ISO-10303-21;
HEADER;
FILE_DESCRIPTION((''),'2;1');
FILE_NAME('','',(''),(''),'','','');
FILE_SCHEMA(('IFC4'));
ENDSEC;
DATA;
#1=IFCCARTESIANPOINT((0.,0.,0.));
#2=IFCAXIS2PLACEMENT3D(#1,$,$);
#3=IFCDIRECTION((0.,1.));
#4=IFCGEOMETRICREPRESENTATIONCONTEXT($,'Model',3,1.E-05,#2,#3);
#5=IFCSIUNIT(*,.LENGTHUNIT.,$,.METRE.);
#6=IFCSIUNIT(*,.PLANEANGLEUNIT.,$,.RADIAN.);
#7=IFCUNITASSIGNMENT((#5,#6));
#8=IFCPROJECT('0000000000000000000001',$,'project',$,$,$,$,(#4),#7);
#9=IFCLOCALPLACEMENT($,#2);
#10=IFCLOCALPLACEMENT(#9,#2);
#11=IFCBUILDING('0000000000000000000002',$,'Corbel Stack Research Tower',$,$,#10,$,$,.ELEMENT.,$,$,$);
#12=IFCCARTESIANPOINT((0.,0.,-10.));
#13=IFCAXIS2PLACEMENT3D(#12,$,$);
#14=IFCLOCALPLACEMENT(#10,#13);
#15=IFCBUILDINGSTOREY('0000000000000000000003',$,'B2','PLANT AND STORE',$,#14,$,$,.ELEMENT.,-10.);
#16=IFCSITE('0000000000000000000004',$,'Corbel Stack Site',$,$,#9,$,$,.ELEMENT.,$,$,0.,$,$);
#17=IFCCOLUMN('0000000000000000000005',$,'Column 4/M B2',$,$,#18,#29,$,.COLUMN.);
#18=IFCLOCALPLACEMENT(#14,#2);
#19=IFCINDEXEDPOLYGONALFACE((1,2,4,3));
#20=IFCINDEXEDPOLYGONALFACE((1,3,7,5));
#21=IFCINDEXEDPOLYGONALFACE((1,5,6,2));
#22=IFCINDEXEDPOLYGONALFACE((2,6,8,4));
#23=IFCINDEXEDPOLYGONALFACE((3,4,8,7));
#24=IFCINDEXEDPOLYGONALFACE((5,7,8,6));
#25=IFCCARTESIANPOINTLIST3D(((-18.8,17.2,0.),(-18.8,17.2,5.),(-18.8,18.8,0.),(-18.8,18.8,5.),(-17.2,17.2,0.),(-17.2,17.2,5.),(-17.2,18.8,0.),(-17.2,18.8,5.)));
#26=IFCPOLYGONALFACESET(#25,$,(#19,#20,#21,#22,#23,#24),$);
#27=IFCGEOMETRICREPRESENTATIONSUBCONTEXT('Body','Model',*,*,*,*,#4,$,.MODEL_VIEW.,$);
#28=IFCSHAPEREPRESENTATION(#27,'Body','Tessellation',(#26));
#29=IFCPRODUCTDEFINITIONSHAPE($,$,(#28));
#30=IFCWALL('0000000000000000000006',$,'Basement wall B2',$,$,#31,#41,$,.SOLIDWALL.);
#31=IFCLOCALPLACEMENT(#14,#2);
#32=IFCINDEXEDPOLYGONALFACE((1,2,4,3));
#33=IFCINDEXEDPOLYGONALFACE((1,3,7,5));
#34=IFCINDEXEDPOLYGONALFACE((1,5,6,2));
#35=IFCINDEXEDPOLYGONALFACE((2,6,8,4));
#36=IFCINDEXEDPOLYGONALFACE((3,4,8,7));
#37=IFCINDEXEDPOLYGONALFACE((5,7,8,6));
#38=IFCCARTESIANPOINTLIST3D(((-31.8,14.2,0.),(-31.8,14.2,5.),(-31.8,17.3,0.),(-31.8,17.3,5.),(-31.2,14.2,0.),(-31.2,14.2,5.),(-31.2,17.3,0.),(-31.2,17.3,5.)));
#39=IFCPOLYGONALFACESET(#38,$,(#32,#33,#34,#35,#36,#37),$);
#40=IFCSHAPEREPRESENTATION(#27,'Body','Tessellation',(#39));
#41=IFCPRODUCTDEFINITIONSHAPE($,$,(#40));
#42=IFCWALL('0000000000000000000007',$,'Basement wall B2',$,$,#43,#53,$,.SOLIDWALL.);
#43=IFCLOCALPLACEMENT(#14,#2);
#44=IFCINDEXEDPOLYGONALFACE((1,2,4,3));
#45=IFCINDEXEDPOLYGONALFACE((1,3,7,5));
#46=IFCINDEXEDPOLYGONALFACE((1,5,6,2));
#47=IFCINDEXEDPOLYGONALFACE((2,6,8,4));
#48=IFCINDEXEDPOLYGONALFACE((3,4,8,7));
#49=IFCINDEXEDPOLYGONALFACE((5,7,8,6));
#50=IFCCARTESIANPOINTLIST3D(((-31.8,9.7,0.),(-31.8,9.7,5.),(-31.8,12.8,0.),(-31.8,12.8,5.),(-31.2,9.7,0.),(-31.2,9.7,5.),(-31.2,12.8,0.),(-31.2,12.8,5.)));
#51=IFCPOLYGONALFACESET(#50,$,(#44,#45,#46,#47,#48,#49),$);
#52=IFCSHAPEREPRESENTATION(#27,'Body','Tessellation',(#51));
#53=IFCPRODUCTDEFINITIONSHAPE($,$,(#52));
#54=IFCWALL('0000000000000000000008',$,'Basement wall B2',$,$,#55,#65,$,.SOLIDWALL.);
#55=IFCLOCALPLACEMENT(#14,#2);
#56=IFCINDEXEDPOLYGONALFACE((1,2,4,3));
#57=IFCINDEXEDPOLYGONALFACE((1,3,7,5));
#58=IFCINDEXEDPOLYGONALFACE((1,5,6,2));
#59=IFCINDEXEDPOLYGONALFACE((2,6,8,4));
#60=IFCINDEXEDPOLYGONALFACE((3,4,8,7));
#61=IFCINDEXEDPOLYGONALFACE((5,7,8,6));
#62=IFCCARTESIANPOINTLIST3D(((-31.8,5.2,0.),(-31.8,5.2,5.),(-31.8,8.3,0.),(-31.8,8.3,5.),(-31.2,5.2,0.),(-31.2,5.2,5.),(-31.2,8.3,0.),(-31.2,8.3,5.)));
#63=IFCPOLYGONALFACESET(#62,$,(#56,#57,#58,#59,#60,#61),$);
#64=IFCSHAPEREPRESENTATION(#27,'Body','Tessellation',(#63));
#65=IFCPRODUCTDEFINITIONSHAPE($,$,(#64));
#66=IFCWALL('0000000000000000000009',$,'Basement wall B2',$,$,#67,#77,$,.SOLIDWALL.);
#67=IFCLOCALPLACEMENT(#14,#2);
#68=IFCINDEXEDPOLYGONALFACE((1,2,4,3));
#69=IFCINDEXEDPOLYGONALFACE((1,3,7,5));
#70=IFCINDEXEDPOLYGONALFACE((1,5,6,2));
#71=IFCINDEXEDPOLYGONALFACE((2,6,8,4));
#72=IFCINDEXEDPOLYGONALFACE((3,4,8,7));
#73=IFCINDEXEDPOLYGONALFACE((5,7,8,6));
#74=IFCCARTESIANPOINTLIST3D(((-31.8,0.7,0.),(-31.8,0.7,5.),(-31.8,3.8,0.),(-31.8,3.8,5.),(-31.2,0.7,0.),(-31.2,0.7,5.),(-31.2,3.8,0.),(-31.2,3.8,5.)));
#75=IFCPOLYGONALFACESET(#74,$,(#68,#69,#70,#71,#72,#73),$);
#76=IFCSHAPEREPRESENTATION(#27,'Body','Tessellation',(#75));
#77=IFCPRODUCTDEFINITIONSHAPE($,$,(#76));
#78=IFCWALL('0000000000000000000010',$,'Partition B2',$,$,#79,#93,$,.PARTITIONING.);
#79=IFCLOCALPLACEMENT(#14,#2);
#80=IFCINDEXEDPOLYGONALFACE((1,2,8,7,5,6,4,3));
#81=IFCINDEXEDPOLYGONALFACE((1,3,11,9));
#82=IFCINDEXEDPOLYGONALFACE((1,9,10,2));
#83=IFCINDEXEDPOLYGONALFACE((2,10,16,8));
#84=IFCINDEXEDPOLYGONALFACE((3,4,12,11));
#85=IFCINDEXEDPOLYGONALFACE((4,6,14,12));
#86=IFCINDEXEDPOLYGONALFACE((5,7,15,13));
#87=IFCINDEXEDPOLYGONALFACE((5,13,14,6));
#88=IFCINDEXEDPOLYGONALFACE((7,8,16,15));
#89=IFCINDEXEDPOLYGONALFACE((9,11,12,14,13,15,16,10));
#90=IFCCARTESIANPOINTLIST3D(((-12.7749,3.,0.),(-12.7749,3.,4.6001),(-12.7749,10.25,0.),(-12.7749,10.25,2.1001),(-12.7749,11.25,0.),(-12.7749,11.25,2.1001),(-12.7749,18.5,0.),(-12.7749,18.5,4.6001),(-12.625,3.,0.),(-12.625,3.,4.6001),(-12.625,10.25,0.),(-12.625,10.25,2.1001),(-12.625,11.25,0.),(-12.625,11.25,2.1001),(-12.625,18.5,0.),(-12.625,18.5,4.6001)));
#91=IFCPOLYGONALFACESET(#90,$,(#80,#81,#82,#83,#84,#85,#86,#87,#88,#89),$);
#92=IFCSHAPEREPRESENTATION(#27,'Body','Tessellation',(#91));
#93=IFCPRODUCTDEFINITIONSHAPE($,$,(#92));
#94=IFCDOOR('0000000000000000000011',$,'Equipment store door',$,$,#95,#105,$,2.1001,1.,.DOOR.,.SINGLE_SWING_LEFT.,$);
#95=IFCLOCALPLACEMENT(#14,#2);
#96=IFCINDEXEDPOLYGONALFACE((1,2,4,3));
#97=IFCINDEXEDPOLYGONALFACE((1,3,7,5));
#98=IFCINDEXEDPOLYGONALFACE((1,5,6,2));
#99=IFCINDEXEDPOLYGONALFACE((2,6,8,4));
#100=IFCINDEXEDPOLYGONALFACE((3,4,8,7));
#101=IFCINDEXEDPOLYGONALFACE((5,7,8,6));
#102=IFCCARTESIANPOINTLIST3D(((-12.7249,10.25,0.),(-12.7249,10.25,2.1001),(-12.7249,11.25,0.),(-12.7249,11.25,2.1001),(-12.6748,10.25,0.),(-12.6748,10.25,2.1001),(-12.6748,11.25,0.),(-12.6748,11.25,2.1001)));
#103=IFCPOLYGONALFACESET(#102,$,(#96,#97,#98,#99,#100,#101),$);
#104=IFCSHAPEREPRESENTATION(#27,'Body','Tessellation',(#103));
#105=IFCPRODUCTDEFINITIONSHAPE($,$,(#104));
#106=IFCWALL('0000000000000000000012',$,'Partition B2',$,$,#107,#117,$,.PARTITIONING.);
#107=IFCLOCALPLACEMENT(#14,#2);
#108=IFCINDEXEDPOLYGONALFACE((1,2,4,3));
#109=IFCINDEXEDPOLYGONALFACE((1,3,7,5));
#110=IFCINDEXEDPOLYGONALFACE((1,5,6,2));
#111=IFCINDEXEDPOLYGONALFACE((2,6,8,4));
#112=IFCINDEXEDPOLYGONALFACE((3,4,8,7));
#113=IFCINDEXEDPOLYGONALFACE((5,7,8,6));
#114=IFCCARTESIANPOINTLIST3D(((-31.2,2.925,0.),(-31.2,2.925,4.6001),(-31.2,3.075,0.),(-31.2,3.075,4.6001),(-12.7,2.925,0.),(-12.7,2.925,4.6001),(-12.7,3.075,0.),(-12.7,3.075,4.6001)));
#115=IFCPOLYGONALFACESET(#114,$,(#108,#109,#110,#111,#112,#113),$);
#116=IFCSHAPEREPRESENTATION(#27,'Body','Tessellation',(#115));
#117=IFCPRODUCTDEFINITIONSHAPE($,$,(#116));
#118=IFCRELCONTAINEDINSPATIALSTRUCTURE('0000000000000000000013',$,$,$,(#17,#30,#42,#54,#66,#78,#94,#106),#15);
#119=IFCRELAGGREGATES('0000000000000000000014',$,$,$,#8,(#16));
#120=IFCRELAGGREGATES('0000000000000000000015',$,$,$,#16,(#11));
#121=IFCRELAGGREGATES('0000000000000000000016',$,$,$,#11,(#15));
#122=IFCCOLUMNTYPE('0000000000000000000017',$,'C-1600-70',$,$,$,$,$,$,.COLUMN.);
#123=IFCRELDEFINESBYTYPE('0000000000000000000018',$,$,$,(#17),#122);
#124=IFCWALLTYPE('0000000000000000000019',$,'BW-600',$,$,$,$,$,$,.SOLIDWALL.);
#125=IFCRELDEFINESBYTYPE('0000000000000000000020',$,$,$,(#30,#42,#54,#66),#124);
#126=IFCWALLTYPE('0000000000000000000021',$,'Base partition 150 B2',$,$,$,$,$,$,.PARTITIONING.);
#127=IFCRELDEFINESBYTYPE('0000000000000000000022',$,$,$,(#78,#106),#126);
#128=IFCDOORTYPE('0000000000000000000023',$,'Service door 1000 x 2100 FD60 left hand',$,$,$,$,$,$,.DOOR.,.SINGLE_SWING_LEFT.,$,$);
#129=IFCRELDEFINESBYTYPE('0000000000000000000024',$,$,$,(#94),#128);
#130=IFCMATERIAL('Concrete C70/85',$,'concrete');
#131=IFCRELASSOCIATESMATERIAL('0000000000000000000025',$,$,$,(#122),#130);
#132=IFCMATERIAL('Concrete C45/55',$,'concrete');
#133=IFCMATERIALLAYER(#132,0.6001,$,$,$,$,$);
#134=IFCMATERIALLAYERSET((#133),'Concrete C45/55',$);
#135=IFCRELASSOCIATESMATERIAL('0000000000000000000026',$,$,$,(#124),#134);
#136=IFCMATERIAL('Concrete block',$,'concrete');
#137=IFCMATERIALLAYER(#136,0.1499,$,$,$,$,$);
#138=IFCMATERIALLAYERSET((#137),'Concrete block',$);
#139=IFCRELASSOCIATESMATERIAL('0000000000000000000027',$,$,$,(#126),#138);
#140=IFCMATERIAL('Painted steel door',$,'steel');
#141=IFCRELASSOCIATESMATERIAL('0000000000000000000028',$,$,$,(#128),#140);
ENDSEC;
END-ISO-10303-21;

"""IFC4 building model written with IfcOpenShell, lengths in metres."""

from ifc_helpers import new_model, si_unit, direction, frame, frame_2d, origin, origin_2d, place, context, subcontext, project, spatial, rectangle, extrude, material, layer, layer_set, material_profile, profile_set, type_object, element, fill, save


model = new_model("IFC4")

# Units and contexts
model_context = context("Model", 3, precision=1e-05, world=origin(), true_north=direction((0.0, 1.0)))
body_context = subcontext(model_context, "Body", "Model", "MODEL_VIEW")
ifc_project = project(units=[si_unit("LENGTHUNIT", "METRE"), si_unit("PLANEANGLEUNIT", "RADIAN")], contexts=[model_context])

# Site, building, storey
site_placement = place(None, origin())
site = spatial("IfcSite", under=ifc_project, at=site_placement, Name="Corbel Stack Site", CompositionType="ELEMENT", RefElevation=0.0)
building_placement = place(site_placement, origin())
building = spatial("IfcBuilding", under=site, at=building_placement, Name="Corbel Stack Research Tower", CompositionType="ELEMENT")
storey_placement = place(building_placement, frame((0.0, 0.0, -10.0)))
storey = spatial("IfcBuildingStorey", under=building, at=storey_placement, Name="B2", Description="PLANT AND STORE", CompositionType="ELEMENT", Elevation=-10.0)

# Column
ifc_material_1 = material(Name="Concrete C70/85", Category="concrete")
ifc_material_profile_1 = material_profile(ifc_material_1, rectangle(XDim=1.6001, YDim=1.6001, at=origin_2d()), Name="RC 1600 x 1600")
ifc_profile_set_1 = profile_set([ifc_material_profile_1], Name="Concrete C70/85")
column_type_1 = type_object("IfcColumnType", Name="C-1600-70", PredefinedType="COLUMN", material=ifc_profile_set_1)
for number, where, z_axis, x_axis, name in (
    (1, (-18.0, 18.0, 0.0), (0.0, 0.0, 1.0), (1.0, 0.0, 0.0), "Column 4/M B2"),
):
    element("IfcColumn", number, at=place(storey_placement, frame(where, z_axis=z_axis, x_axis=x_axis)), inside=storey, type_object=column_type_1, Name=name, PredefinedType="COLUMN", context=body_context, shape_type="SweptSolid", body=[
        extrude(rectangle(XDim=1.6001, YDim=1.6001, at=origin_2d()), origin(), (0.0, 0.0, 1.0), 5.0),
    ])

# Walls
ifc_material_2 = material(Name="Concrete C45/55", Category="concrete")
ifc_layer_1 = layer(ifc_material_2, 0.6001)
ifc_layer_set_1 = layer_set([ifc_layer_1], Name="Concrete C45/55")
wall_type_1 = type_object("IfcWallType", Name="BW-600", PredefinedType="SOLIDWALL", material=ifc_layer_set_1)
for number, where, z_axis, x_axis, name in (
    (2, (-31.5, 17.3, 0.0), (0.0, 0.0, 1.0), (0.0, -1.0, 0.0), "Basement wall B2"),
    (3, (-31.5, 12.8, 0.0), (0.0, 0.0, 1.0), (0.0, -1.0, 0.0), "Basement wall B2"),
    (4, (-31.5, 8.3, 0.0), (0.0, 0.0, 1.0), (0.0, -1.0, 0.0), "Basement wall B2"),
    (5, (-31.5, 3.8, 0.0), (0.0, 0.0, 1.0), (0.0, -1.0, 0.0), "Basement wall B2"),
):
    element("IfcWall", number, at=place(storey_placement, frame(where, z_axis=z_axis, x_axis=x_axis)), inside=storey, type_object=wall_type_1, Name=name, PredefinedType="SOLIDWALL", context=body_context, shape_type="SweptSolid", body=[
        extrude(rectangle(XDim=3.1001, YDim=0.6001, at=frame_2d((1.55, 0.0))), origin(), (0.0, 0.0, 1.0), 5.0),
    ])

# Wall, opening, door
ifc_material_3 = material(Name="Concrete block", Category="concrete")
ifc_layer_2 = layer(ifc_material_3, 0.1499)
ifc_layer_set_2 = layer_set([ifc_layer_2], Name="Concrete block")
wall_type_2 = type_object("IfcWallType", Name="Base partition 150 B2", PredefinedType="PARTITIONING", material=ifc_layer_set_2)
wall_1_placement = place(storey_placement, frame((-12.7, 3.0, 0.0), z_axis=(0.0, 0.0, 1.0), x_axis=(0.0, 1.0, 0.0)))
wall_1 = element("IfcWall", 6, at=wall_1_placement, inside=storey, type_object=wall_type_2, Name="Partition B2", PredefinedType="PARTITIONING", context=body_context, shape_type="SweptSolid", body=[
    extrude(rectangle(XDim=15.5, YDim=0.1499, at=frame_2d((7.75, 0.0))), origin(), (0.0, 0.0, 1.0), 4.6001),
])
opening_placement = place(wall_1_placement, frame((7.25, 0.0, 0.0)))
opening = element("IfcOpeningElement", 7, at=opening_placement, cuts=wall_1, PredefinedType="OPENING", context=body_context, shape_type="SweptSolid", body=[
    extrude(rectangle(XDim=1.0, YDim=2.1001, at=frame_2d((0.5, 1.05))), frame((0.0, 0.085, 0.0), z_axis=(0.0, -1.0, 0.0), x_axis=(1.0, 0.0, 0.0)), (0.0, 0.0, 1.0), 0.1699),
])
ifc_material_4 = material(Name="Painted steel door", Category="steel")
door_type = type_object("IfcDoorType", Name="Service door 1000 x 2100 FD60 left hand", OperationType="SINGLE_SWING_LEFT", PredefinedType="DOOR", material=ifc_material_4)
door_placement = place(opening_placement, origin())
door = element("IfcDoor", 8, at=door_placement, inside=storey, type_object=door_type, Name="Equipment store door", OperationType="SINGLE_SWING_LEFT", OverallHeight=2.1001, OverallWidth=1.0, PredefinedType="DOOR", context=body_context, shape_type="SweptSolid", body=[
    extrude(rectangle(XDim=1.0, YDim=2.1001, at=frame_2d((0.5, 1.05))), frame((0.0, 0.0249, 0.0), z_axis=(0.0, -1.0, 0.0), x_axis=(1.0, 0.0, 0.0)), (0.0, 0.0, 1.0), 0.05),
])
fill(opening, door)

# Wall
wall_2_placement = place(storey_placement, frame((-31.2, 3.0, 0.0), z_axis=(0.0, 0.0, 1.0), x_axis=(1.0, 0.0, 0.0)))
element("IfcWall", 9, at=wall_2_placement, inside=storey, type_object=wall_type_2, Name="Partition B2", PredefinedType="PARTITIONING", context=body_context, shape_type="SweptSolid", body=[
    extrude(rectangle(XDim=18.5, YDim=0.1499, at=frame_2d((9.25, 0.0))), origin(), (0.0, 0.0, 1.0), 4.6001),
])

save(model, "model.ifc")
